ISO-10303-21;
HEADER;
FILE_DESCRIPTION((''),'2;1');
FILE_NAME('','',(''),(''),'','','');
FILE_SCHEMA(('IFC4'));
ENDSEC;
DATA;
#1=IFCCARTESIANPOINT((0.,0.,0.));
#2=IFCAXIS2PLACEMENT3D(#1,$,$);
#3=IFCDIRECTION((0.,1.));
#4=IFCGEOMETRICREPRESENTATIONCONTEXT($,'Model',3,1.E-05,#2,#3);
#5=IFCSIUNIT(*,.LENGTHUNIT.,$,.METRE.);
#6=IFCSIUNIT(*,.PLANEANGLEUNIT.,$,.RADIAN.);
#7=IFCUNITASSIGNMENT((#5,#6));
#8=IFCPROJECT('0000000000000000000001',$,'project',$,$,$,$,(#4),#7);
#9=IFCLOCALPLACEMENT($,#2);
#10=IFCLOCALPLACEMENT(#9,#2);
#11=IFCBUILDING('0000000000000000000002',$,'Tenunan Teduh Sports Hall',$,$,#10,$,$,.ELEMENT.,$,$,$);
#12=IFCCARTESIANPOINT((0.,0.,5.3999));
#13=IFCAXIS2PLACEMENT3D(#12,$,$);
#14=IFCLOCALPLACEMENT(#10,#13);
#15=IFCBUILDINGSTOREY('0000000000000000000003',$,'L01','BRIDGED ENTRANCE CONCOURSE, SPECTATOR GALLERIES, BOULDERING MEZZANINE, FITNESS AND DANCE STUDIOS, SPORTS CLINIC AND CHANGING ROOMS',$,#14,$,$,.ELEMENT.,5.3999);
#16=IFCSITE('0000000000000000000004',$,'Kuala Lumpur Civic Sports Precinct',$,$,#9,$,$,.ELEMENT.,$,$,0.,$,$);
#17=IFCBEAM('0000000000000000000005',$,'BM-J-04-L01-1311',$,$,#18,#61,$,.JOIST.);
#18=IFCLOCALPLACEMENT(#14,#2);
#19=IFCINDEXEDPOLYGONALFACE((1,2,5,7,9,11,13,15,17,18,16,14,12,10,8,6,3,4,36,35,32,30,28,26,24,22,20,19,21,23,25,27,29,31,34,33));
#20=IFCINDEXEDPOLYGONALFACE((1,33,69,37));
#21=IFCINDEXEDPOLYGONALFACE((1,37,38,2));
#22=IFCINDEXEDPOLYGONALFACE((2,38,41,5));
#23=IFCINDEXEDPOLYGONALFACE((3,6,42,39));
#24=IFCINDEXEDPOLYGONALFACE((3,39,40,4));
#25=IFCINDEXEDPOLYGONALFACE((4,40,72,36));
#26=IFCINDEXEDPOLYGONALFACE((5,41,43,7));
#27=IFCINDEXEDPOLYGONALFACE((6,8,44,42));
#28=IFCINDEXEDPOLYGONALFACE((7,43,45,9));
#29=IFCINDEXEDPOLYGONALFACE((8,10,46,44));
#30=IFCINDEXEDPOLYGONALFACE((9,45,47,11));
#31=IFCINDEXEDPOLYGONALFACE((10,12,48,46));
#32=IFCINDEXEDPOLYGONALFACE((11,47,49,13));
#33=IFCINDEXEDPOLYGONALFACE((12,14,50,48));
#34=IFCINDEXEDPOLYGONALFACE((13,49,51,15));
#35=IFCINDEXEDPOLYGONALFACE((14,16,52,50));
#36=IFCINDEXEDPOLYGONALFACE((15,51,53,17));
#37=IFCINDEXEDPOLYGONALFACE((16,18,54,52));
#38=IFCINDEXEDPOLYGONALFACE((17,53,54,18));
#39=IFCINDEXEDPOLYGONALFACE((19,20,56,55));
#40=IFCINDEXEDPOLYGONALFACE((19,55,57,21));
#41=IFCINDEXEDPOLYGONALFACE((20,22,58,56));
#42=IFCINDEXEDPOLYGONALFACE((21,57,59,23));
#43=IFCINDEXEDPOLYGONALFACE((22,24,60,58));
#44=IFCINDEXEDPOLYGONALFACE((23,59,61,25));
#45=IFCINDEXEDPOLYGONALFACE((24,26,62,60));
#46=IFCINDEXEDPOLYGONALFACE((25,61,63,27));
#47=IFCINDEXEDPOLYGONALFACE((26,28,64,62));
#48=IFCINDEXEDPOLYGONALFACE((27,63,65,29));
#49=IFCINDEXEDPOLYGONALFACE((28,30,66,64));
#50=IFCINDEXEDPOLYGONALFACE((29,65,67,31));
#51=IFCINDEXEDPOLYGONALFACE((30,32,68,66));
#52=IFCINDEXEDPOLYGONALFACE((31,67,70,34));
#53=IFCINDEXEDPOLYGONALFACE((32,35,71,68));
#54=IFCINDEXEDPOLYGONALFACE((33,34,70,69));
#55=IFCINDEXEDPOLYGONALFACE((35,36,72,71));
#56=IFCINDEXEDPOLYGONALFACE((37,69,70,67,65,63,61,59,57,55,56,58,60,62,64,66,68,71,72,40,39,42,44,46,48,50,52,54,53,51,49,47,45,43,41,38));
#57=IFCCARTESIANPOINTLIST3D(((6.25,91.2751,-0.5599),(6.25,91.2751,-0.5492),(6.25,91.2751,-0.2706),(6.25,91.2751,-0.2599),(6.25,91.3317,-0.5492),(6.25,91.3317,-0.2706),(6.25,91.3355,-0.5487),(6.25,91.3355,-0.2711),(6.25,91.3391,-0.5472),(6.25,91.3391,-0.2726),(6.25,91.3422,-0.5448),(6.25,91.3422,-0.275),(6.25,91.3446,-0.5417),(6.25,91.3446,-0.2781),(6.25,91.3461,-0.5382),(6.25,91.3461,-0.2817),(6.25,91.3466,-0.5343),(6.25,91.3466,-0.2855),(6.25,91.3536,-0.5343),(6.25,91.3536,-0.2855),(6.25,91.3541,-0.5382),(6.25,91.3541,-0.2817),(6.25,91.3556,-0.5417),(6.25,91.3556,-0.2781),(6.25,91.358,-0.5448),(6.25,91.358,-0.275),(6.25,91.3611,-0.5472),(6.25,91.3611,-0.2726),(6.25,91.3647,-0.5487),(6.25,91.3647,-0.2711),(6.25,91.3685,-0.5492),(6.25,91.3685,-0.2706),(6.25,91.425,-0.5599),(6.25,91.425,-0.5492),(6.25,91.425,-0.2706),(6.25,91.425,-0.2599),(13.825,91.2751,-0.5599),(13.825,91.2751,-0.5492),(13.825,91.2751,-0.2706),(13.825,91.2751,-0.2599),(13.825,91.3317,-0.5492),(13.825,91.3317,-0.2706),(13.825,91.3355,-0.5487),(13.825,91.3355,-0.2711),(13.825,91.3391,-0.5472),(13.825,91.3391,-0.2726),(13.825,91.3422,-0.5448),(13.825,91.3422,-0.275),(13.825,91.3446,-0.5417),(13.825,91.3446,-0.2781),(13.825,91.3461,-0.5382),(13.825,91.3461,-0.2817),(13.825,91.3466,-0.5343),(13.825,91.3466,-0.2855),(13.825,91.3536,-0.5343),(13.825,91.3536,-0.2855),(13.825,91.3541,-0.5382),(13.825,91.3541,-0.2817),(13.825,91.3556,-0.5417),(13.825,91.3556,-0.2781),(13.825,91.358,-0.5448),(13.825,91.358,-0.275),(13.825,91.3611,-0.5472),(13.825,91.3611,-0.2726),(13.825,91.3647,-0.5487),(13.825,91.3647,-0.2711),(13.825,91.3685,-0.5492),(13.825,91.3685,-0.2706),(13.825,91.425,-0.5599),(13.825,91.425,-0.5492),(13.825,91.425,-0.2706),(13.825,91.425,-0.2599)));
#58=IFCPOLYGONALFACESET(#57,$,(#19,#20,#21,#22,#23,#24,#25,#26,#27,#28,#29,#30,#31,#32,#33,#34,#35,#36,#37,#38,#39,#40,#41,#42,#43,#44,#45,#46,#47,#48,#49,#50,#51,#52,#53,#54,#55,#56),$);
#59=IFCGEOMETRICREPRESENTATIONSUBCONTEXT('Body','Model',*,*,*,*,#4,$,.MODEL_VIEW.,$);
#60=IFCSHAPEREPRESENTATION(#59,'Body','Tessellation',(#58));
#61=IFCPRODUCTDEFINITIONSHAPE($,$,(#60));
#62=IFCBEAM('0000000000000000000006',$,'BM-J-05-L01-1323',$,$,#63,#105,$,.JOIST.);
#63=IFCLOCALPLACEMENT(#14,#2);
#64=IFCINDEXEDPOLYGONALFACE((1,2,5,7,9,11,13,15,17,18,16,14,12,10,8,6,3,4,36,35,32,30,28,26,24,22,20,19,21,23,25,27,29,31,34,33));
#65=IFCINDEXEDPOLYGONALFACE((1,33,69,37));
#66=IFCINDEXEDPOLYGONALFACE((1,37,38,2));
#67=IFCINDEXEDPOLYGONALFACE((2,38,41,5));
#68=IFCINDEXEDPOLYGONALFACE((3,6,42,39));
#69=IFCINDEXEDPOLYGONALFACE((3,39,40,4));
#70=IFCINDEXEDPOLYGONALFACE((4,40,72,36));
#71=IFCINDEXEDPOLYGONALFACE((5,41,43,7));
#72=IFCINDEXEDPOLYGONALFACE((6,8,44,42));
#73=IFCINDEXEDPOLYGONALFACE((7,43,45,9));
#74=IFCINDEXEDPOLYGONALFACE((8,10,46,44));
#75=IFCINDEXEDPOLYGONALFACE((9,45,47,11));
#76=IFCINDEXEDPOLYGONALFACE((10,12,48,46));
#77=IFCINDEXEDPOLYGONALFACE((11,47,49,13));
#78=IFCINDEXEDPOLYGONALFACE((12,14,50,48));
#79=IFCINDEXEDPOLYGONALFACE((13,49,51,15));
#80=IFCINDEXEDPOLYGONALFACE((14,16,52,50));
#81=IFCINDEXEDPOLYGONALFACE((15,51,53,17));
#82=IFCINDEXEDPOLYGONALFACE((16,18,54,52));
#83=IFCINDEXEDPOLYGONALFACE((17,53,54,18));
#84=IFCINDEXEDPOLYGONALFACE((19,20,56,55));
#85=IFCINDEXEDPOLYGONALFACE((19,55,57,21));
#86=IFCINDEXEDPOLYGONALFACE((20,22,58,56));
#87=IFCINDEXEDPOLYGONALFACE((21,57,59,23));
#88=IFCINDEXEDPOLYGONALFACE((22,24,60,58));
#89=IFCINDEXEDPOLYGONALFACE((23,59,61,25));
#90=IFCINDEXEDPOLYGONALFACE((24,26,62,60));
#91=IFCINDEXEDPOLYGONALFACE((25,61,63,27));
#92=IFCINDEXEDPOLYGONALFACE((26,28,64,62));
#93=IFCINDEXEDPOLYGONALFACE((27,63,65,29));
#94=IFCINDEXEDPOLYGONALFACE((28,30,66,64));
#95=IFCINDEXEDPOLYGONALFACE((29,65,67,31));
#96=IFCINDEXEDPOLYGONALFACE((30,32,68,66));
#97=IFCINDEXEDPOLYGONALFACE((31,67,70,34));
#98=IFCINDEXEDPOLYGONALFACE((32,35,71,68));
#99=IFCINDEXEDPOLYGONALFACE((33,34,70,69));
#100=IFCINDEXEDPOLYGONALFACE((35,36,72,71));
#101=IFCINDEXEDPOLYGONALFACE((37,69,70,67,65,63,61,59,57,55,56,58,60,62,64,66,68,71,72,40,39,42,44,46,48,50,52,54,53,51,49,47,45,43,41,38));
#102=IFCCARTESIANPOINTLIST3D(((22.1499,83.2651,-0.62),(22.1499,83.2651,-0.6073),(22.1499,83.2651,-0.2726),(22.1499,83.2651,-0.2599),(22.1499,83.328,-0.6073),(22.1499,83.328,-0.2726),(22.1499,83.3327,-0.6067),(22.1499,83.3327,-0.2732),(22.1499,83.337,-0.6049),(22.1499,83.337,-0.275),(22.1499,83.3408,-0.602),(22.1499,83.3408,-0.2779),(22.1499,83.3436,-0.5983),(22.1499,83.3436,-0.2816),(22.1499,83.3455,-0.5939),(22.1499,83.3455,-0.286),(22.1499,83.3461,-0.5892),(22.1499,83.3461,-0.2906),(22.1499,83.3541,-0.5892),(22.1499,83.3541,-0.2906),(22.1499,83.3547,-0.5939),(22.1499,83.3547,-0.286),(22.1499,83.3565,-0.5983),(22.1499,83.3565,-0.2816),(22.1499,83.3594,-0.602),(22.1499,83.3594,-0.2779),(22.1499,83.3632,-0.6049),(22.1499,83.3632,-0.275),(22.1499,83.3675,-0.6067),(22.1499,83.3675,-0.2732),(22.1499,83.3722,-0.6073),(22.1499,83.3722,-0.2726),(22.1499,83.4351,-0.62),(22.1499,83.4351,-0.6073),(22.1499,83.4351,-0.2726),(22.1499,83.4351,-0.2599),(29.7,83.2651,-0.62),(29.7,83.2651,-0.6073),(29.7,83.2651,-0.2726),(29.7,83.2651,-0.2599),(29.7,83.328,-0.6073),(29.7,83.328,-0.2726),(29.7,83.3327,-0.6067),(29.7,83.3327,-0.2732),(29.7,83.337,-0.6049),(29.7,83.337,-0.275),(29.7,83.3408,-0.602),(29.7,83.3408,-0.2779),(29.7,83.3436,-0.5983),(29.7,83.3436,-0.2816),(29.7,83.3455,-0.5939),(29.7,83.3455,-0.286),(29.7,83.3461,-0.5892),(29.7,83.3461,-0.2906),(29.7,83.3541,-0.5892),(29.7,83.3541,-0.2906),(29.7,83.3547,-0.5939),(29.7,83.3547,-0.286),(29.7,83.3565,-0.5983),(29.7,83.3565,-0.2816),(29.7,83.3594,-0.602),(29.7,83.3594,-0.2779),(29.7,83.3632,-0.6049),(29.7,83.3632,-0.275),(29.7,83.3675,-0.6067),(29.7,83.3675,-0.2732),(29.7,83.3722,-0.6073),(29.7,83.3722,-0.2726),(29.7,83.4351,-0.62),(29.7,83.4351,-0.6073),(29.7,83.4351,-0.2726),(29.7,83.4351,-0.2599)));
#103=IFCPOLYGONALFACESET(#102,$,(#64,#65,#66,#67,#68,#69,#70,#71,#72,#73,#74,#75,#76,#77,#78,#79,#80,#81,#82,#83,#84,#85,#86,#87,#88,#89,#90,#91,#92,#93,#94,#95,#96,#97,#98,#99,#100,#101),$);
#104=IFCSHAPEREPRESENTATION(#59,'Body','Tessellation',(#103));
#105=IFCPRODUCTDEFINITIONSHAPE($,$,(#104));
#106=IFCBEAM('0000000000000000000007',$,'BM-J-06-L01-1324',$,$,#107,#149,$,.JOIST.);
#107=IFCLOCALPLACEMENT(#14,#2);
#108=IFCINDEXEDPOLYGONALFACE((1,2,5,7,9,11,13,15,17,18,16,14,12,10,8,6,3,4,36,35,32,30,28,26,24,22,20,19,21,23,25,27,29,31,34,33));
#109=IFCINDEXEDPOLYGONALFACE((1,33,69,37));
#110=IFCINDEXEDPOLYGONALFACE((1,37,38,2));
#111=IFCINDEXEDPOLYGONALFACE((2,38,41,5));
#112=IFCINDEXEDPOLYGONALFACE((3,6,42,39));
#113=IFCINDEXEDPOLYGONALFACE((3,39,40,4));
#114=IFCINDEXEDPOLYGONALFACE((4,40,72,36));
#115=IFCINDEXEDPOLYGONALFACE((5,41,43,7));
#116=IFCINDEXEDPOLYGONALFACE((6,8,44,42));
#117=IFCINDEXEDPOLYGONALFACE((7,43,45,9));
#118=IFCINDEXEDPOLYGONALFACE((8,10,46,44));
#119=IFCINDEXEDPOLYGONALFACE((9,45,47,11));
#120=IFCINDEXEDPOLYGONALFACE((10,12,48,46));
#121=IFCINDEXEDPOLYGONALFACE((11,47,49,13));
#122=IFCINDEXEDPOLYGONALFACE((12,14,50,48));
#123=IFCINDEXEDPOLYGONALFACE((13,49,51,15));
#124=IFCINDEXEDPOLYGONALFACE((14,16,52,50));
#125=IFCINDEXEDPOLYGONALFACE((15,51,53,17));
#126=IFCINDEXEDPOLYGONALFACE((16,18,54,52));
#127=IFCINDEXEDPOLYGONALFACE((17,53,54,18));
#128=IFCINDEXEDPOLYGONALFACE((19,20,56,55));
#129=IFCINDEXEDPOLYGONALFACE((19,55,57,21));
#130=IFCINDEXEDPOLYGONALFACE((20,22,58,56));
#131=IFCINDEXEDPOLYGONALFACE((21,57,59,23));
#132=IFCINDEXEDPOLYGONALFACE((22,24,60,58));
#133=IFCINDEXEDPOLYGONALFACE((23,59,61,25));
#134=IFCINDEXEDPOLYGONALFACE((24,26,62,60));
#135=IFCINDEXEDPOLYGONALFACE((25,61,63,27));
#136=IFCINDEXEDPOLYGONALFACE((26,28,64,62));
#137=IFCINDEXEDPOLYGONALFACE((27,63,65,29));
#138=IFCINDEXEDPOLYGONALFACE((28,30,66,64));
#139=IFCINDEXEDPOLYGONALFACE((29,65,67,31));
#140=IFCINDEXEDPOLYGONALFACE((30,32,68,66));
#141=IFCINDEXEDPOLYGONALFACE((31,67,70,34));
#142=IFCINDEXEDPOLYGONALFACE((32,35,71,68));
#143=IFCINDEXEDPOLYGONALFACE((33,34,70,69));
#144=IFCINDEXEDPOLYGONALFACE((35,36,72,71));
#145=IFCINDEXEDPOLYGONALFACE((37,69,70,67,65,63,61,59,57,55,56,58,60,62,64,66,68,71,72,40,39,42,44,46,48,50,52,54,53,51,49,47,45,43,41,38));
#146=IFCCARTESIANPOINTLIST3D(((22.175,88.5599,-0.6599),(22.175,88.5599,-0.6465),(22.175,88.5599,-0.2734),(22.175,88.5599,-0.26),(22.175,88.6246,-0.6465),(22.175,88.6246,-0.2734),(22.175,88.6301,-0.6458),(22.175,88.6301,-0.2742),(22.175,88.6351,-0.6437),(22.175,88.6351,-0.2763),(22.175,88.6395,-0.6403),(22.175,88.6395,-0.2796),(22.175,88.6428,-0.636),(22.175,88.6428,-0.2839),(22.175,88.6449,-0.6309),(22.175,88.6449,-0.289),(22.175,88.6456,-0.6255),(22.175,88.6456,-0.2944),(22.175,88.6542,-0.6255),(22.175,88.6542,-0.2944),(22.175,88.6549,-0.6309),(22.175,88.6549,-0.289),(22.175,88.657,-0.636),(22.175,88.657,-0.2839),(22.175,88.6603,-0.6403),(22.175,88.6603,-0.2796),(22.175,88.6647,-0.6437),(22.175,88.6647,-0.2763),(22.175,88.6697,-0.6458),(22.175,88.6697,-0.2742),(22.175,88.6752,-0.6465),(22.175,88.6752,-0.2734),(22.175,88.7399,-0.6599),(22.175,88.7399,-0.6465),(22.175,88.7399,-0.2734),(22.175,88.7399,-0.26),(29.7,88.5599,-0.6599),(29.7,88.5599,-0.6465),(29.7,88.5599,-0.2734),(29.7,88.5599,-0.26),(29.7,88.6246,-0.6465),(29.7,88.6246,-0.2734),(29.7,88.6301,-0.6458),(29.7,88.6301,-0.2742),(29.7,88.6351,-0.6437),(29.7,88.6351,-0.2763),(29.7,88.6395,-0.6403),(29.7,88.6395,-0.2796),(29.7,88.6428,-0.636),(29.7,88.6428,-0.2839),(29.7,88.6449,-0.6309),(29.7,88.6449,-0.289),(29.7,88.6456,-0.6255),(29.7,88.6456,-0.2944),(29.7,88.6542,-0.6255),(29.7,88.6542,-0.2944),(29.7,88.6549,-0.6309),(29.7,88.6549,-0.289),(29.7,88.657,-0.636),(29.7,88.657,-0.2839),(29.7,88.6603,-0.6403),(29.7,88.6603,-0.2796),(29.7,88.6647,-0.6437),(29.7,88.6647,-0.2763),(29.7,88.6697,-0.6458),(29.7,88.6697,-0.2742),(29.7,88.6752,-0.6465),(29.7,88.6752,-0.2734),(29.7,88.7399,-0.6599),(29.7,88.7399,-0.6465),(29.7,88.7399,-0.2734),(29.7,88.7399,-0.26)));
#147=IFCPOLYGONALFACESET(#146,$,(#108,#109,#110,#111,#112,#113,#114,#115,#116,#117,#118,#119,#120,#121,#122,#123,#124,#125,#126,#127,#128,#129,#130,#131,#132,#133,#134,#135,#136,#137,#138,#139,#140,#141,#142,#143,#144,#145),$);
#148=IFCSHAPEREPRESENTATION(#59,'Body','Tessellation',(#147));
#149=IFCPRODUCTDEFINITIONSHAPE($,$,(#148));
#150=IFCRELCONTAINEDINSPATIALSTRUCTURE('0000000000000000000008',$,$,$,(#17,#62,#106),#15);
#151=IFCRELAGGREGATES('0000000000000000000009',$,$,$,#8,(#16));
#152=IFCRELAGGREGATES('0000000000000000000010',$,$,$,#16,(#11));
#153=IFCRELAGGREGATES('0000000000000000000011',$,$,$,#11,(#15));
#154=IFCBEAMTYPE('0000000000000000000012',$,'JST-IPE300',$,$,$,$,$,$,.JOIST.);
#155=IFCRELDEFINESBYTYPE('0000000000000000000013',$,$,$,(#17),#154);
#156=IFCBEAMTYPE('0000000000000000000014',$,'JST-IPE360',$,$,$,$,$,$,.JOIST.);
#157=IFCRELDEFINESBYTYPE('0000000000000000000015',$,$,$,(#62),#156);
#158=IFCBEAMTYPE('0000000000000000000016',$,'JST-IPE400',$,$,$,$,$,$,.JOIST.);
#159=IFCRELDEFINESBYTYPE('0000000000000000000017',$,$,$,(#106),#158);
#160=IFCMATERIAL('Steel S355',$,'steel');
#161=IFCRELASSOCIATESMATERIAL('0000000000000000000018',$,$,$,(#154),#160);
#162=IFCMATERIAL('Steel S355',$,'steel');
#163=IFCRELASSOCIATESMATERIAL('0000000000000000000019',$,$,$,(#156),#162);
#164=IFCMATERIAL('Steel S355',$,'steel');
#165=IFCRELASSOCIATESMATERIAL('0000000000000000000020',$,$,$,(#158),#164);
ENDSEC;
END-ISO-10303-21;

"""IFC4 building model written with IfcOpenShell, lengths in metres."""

from ifc_helpers import new_model, si_unit, direction, frame, origin, origin_2d, place, context, subcontext, project, spatial, i_section, extrude, material, material_profile, profile_set, type_object, element, save


model = new_model("IFC4")

# Units and contexts
model_context = context("Model", 3, precision=1e-05, world=origin(), true_north=direction((0.0, 1.0)))
body_context = subcontext(model_context, "Body", "Model", "MODEL_VIEW")
ifc_project = project(units=[si_unit("LENGTHUNIT", "METRE"), si_unit("PLANEANGLEUNIT", "RADIAN")], contexts=[model_context])

# Site, building, storey
site_placement = place(None, origin())
site = spatial("IfcSite", under=ifc_project, at=site_placement, Name="Kuala Lumpur Civic Sports Precinct", CompositionType="ELEMENT", RefElevation=0.0)
building_placement = place(site_placement, origin())
building = spatial("IfcBuilding", under=site, at=building_placement, Name="Tenunan Teduh Sports Hall", CompositionType="ELEMENT")
storey_placement = place(building_placement, frame((0.0, 0.0, 5.3999)))
storey = spatial("IfcBuildingStorey", under=building, at=storey_placement, Name="L01", Description="BRIDGED ENTRANCE CONCOURSE, SPECTATOR GALLERIES, BOULDERING MEZZANINE, FITNESS AND DANCE STUDIOS, SPORTS CLINIC AND CHANGING ROOMS", CompositionType="ELEMENT", Elevation=5.3999)

# Beams
ifc_material_1 = material(Name="Steel S355", Category="steel")
ifc_material_profile_1 = material_profile(ifc_material_1, i_section(OverallWidth=0.1499, OverallDepth=0.3, WebThickness=0.0071, FlangeThickness=0.0107, FilletRadius=0.0149, at=origin_2d()), Name="IPE 300")
ifc_profile_set_1 = profile_set([ifc_material_profile_1], Name="Steel S355")
beam_type_1 = type_object("IfcBeamType", Name="JST-IPE300", PredefinedType="JOIST", material=ifc_profile_set_1)
beam_1_placement = place(storey_placement, frame((6.25, 91.3501, -0.4099), z_axis=(1.0, 0.0, 0.0), x_axis=(0.0, 1.0, 0.0)))
element("IfcBeam", 1, at=beam_1_placement, inside=storey, type_object=beam_type_1, Name="BM-J-04-L01-1311", PredefinedType="JOIST", context=body_context, shape_type="SweptSolid", body=[
    extrude(i_section(OverallWidth=0.1499, OverallDepth=0.3, WebThickness=0.0071, FlangeThickness=0.0107, FilletRadius=0.0149, at=origin_2d()), origin(), (0.0, 0.0, 1.0), 7.575),
])
ifc_material_2 = material(Name="Steel S355", Category="steel")
ifc_material_profile_2 = material_profile(ifc_material_2, i_section(OverallWidth=0.1699, OverallDepth=0.3601, WebThickness=0.0081, FlangeThickness=0.0127, FilletRadius=0.0181, at=origin_2d()), Name="IPE 360")
ifc_profile_set_2 = profile_set([ifc_material_profile_2], Name="Steel S355")
beam_type_2 = type_object("IfcBeamType", Name="JST-IPE360", PredefinedType="JOIST", material=ifc_profile_set_2)
beam_2_placement = place(storey_placement, frame((22.1499, 83.3501, -0.4399), z_axis=(1.0, 0.0, 0.0), x_axis=(0.0, 1.0, 0.0)))
element("IfcBeam", 2, at=beam_2_placement, inside=storey, type_object=beam_type_2, Name="BM-J-05-L01-1323", PredefinedType="JOIST", context=body_context, shape_type="SweptSolid", body=[
    extrude(i_section(OverallWidth=0.1699, OverallDepth=0.3601, WebThickness=0.0081, FlangeThickness=0.0127, FilletRadius=0.0181, at=origin_2d()), origin(), (0.0, 0.0, 1.0), 7.55),
])
ifc_material_3 = material(Name="Steel S355", Category="steel")
ifc_material_profile_3 = material_profile(ifc_material_3, i_section(OverallWidth=0.1799, OverallDepth=0.3999, WebThickness=0.0085, FlangeThickness=0.0134, FilletRadius=0.021, at=origin_2d()), Name="IPE 400")
ifc_profile_set_3 = profile_set([ifc_material_profile_3], Name="Steel S355")
beam_type_3 = type_object("IfcBeamType", Name="JST-IPE400", PredefinedType="JOIST", material=ifc_profile_set_3)
beam_3_placement = place(storey_placement, frame((22.175, 88.6499, -0.46), z_axis=(1.0, 0.0, 0.0), x_axis=(0.0, 1.0, 0.0)))
element("IfcBeam", 3, at=beam_3_placement, inside=storey, type_object=beam_type_3, Name="BM-J-06-L01-1324", PredefinedType="JOIST", context=body_context, shape_type="SweptSolid", body=[
    extrude(i_section(OverallWidth=0.1799, OverallDepth=0.3999, WebThickness=0.0085, FlangeThickness=0.0134, FilletRadius=0.021, at=origin_2d()), origin(), (0.0, 0.0, 1.0), 7.5249),
])

save(model, "model.ifc")
